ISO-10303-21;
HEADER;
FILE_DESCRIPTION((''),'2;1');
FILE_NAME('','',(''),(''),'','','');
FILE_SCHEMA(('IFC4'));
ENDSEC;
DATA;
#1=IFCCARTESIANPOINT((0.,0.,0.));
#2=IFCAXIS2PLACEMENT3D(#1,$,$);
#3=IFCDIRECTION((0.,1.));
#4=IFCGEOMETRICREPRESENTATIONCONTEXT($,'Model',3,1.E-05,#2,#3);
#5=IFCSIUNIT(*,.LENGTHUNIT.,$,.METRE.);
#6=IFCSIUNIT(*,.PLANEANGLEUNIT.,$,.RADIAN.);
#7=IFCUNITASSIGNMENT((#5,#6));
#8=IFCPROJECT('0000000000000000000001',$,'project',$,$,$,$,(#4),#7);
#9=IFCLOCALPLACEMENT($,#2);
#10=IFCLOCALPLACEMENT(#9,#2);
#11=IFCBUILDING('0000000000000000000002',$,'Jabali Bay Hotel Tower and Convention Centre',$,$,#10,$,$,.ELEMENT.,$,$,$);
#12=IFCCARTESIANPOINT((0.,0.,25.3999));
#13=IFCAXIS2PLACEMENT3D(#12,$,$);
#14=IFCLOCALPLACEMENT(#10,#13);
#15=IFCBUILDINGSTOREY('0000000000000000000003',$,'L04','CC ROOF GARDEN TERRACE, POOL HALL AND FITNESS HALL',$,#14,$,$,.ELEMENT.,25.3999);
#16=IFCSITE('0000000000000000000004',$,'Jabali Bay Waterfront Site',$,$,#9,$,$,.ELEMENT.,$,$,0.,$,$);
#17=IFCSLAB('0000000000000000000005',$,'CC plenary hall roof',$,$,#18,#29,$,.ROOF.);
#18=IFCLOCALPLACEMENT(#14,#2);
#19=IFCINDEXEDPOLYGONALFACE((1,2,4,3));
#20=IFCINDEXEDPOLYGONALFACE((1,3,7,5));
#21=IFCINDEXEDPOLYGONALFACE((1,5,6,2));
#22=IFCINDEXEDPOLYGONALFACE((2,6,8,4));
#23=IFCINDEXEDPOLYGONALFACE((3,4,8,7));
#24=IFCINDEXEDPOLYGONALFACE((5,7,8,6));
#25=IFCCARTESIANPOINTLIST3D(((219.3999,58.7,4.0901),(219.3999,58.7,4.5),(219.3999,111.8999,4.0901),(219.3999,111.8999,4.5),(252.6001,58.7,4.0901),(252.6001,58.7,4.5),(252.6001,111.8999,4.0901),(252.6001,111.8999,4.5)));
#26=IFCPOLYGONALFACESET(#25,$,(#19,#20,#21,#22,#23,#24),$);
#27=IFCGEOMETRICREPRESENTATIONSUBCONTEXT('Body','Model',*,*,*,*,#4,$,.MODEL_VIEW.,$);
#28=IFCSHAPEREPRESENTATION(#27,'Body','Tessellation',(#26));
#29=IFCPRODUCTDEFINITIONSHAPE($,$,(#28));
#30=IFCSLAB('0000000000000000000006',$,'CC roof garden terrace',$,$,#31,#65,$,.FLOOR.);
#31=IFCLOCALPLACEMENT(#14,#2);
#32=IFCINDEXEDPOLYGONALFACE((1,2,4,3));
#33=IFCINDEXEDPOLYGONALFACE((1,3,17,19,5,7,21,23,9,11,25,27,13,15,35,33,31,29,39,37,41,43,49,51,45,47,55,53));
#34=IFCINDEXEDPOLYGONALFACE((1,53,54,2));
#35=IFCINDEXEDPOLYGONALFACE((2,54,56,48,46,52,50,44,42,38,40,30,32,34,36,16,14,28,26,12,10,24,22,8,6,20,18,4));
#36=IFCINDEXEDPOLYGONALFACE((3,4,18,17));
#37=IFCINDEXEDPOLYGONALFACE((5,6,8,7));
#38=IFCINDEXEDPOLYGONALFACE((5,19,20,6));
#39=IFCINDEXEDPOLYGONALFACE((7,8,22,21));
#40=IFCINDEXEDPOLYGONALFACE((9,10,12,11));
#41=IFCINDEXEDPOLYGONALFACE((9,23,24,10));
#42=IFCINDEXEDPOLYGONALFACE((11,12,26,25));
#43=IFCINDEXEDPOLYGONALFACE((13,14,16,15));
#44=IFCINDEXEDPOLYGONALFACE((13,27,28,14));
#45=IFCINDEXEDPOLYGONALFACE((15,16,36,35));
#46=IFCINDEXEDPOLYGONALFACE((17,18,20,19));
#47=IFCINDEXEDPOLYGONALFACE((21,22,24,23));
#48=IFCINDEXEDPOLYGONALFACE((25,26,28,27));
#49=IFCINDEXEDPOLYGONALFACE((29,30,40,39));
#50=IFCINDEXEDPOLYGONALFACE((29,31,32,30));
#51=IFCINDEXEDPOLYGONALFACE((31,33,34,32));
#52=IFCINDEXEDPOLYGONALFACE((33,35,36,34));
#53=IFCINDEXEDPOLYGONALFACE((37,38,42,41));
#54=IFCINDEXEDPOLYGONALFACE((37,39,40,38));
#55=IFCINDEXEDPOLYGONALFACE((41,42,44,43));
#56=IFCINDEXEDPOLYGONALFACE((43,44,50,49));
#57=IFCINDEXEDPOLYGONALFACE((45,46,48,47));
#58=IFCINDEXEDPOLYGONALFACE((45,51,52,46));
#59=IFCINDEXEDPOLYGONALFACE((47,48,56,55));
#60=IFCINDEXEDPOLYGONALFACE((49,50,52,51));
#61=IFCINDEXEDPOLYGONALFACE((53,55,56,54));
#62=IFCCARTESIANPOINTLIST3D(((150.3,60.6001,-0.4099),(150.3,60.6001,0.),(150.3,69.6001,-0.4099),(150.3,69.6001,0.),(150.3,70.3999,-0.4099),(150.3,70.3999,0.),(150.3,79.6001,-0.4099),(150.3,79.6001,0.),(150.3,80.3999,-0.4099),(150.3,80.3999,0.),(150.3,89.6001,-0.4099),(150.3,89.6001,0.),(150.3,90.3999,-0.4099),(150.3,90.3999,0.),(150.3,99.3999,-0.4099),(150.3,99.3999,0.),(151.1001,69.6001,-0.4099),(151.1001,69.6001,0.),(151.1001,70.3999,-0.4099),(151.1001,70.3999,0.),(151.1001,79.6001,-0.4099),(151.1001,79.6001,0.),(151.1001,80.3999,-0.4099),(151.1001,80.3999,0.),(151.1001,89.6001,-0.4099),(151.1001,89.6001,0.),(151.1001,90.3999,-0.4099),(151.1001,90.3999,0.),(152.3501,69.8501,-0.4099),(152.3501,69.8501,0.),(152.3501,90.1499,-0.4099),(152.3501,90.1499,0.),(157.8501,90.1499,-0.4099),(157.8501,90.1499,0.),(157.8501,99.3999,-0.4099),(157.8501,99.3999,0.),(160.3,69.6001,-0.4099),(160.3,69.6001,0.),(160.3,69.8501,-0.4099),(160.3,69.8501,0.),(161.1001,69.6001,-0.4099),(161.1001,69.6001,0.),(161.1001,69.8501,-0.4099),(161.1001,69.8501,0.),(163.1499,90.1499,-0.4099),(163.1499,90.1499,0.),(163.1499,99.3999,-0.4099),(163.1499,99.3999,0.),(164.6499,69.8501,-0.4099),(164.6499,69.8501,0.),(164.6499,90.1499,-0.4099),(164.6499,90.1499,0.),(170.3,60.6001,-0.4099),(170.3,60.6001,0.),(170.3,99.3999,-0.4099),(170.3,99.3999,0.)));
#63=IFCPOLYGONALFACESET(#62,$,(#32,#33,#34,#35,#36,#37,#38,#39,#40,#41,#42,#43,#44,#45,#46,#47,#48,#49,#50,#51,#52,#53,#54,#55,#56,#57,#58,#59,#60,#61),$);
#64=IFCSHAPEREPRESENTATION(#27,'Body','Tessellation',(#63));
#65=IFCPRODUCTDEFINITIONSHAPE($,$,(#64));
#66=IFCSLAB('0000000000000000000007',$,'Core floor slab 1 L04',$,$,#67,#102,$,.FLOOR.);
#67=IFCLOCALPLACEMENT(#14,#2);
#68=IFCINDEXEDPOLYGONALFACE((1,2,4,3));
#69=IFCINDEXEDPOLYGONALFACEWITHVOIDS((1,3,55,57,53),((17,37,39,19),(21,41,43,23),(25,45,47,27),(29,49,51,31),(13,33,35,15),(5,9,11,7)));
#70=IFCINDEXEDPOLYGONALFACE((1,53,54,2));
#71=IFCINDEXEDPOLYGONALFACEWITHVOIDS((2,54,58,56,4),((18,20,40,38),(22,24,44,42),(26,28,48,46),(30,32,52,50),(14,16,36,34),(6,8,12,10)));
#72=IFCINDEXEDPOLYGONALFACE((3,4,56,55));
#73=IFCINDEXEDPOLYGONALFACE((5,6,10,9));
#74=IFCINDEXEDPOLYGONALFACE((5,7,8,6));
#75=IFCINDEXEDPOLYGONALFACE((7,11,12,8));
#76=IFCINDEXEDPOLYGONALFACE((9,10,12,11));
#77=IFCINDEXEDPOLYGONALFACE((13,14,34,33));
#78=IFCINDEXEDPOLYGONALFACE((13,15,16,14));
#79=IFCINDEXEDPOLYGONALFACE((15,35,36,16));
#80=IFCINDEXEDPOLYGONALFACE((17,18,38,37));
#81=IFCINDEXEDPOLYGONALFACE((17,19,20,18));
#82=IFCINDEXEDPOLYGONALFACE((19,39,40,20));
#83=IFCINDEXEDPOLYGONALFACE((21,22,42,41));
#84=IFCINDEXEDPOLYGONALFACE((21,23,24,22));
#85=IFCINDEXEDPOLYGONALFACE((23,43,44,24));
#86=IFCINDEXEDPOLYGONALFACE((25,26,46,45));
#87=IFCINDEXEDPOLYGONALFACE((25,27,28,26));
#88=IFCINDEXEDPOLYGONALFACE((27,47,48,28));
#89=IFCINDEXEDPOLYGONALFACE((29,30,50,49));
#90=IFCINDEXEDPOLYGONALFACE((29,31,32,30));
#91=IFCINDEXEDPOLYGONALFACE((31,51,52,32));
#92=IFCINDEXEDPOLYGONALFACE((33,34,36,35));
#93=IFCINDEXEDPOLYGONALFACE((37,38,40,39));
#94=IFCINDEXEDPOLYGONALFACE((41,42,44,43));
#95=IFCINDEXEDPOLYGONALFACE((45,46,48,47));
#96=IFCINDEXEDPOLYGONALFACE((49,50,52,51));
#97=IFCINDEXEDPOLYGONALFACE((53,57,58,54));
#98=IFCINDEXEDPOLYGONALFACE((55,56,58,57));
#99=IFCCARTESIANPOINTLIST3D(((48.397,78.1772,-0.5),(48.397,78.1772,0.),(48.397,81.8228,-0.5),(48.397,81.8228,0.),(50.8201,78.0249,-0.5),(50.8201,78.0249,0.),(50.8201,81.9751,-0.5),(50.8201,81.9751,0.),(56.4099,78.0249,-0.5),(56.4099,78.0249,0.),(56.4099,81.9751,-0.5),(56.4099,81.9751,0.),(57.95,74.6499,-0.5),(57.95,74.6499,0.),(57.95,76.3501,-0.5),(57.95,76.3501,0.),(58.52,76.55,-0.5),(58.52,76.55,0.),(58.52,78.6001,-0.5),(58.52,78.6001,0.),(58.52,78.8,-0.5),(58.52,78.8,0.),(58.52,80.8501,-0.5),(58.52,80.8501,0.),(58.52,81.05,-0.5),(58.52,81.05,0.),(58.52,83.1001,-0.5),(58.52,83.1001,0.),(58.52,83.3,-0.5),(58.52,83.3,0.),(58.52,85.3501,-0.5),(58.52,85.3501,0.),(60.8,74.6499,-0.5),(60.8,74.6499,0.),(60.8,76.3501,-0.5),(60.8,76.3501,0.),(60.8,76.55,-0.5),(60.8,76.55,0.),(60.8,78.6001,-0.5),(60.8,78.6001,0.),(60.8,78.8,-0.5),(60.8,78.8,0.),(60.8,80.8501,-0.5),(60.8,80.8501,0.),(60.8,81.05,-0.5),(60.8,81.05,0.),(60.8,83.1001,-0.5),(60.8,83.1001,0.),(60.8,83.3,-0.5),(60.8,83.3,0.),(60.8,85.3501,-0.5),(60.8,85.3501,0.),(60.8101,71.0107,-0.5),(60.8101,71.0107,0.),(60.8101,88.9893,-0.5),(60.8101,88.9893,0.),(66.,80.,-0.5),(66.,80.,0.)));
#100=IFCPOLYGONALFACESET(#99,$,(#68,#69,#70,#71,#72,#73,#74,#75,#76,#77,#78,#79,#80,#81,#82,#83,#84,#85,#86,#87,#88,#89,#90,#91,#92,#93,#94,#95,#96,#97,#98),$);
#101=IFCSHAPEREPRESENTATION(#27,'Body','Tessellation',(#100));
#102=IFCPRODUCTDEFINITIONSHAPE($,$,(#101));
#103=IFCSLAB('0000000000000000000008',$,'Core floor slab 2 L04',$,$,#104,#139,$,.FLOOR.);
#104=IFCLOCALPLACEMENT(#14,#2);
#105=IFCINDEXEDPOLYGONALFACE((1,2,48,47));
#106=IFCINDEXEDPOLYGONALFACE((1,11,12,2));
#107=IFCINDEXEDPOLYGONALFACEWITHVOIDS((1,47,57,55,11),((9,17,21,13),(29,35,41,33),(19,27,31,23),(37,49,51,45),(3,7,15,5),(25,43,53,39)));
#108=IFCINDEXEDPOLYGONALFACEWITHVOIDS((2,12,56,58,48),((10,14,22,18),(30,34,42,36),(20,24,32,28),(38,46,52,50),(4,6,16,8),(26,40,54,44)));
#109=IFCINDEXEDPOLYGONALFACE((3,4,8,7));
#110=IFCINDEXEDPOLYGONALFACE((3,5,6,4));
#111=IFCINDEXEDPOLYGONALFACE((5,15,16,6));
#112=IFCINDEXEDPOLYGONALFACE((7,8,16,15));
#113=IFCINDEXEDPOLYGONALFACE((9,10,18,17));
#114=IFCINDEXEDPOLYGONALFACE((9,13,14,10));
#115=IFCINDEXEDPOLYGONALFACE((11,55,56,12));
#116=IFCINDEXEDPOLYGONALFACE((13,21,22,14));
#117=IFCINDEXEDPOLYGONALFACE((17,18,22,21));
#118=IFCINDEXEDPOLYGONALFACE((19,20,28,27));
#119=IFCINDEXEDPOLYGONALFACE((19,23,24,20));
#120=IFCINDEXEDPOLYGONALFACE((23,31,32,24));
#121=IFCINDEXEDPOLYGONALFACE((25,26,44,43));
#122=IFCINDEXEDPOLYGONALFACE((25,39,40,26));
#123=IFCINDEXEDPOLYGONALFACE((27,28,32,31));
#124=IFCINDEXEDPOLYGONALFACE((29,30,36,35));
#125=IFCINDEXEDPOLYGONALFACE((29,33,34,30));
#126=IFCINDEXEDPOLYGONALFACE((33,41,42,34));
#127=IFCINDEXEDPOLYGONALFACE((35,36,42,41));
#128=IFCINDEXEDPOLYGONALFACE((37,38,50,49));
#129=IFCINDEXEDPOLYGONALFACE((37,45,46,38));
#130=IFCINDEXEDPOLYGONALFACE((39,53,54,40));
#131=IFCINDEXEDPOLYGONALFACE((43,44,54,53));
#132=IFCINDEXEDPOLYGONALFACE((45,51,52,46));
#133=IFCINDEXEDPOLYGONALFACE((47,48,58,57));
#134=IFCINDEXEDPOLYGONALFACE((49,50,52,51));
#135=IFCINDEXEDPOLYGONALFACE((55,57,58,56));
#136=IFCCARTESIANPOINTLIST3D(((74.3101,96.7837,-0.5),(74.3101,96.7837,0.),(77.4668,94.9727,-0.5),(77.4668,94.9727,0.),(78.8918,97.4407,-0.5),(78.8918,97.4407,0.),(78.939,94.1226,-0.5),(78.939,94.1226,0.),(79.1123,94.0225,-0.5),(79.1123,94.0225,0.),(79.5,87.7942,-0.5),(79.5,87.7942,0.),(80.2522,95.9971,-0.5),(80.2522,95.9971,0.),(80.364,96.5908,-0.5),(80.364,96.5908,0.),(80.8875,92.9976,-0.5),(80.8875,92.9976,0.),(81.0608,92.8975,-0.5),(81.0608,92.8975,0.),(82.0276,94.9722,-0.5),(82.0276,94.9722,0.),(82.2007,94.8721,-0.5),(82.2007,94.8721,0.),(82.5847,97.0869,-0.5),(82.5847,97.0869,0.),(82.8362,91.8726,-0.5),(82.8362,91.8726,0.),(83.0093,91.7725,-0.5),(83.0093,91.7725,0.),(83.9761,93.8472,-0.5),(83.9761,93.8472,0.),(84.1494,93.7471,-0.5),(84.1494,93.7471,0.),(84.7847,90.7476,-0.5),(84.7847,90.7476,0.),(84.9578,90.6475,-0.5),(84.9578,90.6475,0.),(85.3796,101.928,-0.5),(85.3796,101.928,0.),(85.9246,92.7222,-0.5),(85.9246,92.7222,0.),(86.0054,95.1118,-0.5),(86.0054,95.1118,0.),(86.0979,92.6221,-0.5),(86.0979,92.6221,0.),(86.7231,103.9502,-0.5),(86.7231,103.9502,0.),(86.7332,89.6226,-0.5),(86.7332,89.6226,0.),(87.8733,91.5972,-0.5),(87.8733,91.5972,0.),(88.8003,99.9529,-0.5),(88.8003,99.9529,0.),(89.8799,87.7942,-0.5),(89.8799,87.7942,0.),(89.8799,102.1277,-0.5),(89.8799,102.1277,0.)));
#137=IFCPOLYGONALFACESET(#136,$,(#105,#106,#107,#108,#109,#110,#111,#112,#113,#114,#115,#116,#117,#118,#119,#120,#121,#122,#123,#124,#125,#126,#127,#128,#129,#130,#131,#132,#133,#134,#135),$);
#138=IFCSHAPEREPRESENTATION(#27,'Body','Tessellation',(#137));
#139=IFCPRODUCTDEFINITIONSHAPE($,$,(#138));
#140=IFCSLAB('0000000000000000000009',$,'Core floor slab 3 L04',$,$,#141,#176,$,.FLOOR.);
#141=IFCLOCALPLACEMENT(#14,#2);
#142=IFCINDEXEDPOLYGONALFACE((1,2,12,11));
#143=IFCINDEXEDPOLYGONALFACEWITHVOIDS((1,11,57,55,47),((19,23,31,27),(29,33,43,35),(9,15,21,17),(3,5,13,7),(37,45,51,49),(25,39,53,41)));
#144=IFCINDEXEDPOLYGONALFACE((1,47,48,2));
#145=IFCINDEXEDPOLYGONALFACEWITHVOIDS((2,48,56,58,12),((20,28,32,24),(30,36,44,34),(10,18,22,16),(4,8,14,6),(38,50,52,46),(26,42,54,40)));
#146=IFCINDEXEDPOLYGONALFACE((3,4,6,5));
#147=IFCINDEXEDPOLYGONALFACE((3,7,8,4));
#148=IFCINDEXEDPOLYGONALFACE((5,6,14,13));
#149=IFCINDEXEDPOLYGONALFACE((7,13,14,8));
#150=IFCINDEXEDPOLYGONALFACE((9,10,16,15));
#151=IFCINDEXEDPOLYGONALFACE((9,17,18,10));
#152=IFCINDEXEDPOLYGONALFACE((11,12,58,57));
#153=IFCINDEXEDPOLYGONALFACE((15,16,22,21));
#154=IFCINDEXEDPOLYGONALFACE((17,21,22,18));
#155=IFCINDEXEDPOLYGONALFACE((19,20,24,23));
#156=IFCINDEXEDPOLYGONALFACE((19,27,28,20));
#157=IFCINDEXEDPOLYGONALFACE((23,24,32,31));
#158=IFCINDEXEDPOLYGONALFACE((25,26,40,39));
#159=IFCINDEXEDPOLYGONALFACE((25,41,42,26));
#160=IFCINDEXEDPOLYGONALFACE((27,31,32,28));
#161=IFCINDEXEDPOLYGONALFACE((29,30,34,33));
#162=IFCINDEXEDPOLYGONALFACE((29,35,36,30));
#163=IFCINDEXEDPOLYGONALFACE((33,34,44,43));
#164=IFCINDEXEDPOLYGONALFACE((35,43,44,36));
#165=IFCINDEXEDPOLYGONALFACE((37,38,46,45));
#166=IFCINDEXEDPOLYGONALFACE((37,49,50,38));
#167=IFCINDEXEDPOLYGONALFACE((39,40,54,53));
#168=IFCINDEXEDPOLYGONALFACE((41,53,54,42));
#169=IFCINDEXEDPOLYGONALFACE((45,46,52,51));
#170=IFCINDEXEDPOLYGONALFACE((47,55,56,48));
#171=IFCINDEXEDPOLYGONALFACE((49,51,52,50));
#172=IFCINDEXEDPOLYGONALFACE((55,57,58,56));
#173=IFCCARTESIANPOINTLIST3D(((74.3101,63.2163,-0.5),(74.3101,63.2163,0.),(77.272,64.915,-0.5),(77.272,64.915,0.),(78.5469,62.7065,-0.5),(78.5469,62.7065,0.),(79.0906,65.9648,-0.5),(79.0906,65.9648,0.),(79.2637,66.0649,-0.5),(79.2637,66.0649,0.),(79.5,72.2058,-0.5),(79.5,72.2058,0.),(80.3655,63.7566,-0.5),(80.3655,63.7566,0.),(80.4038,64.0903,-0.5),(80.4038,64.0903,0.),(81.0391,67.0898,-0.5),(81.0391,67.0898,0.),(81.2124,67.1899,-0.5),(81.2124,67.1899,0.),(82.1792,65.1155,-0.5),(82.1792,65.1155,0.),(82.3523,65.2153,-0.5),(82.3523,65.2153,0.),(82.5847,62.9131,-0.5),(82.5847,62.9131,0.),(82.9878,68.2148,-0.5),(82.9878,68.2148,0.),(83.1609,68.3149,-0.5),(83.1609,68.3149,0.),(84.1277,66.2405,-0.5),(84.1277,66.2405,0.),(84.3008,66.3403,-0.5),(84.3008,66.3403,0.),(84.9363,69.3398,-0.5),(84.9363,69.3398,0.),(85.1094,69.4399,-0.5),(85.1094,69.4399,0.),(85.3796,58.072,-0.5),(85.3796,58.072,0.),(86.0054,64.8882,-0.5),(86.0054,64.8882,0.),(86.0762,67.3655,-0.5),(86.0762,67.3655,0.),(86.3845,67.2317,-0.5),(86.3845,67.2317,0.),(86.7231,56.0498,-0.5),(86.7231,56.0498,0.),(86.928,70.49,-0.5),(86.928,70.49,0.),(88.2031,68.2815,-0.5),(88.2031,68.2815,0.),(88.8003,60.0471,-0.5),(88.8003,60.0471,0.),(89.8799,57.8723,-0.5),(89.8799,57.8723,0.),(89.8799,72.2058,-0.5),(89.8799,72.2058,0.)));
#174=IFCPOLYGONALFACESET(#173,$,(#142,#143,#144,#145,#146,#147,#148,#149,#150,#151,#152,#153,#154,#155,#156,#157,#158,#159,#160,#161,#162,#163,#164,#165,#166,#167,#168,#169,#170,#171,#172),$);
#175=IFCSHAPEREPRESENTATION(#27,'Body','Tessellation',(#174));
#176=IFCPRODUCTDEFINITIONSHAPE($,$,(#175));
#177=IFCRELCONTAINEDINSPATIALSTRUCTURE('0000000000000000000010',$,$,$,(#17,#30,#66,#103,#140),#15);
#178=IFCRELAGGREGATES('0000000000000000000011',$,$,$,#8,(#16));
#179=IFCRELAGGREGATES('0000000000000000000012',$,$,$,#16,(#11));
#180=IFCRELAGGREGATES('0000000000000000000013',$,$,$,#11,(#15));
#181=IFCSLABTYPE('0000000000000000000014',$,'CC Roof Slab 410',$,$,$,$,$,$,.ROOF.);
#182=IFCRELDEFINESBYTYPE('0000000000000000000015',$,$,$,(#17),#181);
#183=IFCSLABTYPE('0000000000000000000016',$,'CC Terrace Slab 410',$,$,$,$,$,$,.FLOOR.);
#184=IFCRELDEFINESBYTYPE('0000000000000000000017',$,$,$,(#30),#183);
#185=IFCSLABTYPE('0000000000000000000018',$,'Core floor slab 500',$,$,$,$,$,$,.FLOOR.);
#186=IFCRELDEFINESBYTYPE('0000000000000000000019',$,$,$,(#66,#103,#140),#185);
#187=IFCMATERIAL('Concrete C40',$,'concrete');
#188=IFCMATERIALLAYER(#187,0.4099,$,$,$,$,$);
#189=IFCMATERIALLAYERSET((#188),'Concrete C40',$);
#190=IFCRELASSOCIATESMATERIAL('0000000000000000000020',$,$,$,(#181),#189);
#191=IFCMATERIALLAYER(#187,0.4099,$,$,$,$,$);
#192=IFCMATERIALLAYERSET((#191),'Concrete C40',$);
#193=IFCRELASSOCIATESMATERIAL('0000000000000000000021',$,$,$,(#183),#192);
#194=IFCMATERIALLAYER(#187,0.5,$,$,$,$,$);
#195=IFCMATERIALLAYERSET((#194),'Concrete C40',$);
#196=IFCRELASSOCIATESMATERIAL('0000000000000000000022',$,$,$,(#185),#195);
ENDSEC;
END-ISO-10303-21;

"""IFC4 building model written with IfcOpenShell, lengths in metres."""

from ifc_helpers import new_model, si_unit, direction, frame, origin, place, context, subcontext, project, spatial, polyline, outline, extrude, material, layer, layer_set, type_object, element, save


model = new_model("IFC4")

# Units and contexts
model_context = context("Model", 3, precision=1e-05, world=origin(), true_north=direction((0.0, 1.0)))
body_context = subcontext(model_context, "Body", "Model", "MODEL_VIEW")
ifc_project = project(units=[si_unit("LENGTHUNIT", "METRE"), si_unit("PLANEANGLEUNIT", "RADIAN")], contexts=[model_context])

# Site, building, storey
site_placement = place(None, origin())
site = spatial("IfcSite", under=ifc_project, at=site_placement, Name="Jabali Bay Waterfront Site", CompositionType="ELEMENT", RefElevation=0.0)
building_placement = place(site_placement, origin())
building = spatial("IfcBuilding", under=site, at=building_placement, Name="Jabali Bay Hotel Tower and Convention Centre", CompositionType="ELEMENT")
storey_placement = place(building_placement, frame((0.0, 0.0, 25.3999)))
storey = spatial("IfcBuildingStorey", under=building, at=storey_placement, Name="L04", Description="CC ROOF GARDEN TERRACE, POOL HALL AND FITNESS HALL", CompositionType="ELEMENT", Elevation=25.3999)

# Slabs
ifc_material = material(Name="Concrete C40", Category="concrete")
ifc_layer_1 = layer(ifc_material, 0.4099)
ifc_layer_set_1 = layer_set([ifc_layer_1], Name="Concrete C40")
slab_type_1 = type_object("IfcSlabType", Name="CC Roof Slab 410", PredefinedType="ROOF", material=ifc_layer_set_1)
slab_1_placement = place(storey_placement, frame((0.0, 0.0, 4.0901)))
element("IfcSlab", 1, at=slab_1_placement, inside=storey, type_object=slab_type_1, Name="CC plenary hall roof", PredefinedType="ROOF", context=body_context, shape_type="SweptSolid", body=[
    extrude(outline(polyline([(252.6001, 58.7), (252.6001, 111.8999), (219.3999, 111.8999), (219.3999, 58.7), (252.6001, 58.7)])), origin(), (0.0, 0.0, 1.0), 0.4099),
])
ifc_layer_2 = layer(ifc_material, 0.4099)
ifc_layer_set_2 = layer_set([ifc_layer_2], Name="Concrete C40")
slab_type_2 = type_object("IfcSlabType", Name="CC Terrace Slab 410", PredefinedType="FLOOR", material=ifc_layer_set_2)
slab_2_placement = place(storey_placement, frame((0.0, 0.0, -0.4099)))
element("IfcSlab", 2, at=slab_2_placement, inside=storey, type_object=slab_type_2, Name="CC roof garden terrace", PredefinedType="FLOOR", context=body_context, shape_type="SweptSolid", body=[
    extrude(outline(polyline([(157.8501, 99.3999), (150.3, 99.3999), (150.3, 90.3999), (151.1001, 90.3999), (151.1001, 89.6001), (150.3, 89.6001), (150.3, 80.3999), (151.1001, 80.3999), (151.1001, 79.6001), (150.3, 79.6001), (150.3, 70.3999), (151.1001, 70.3999), (151.1001, 69.6001), (150.3, 69.6001), (150.3, 60.6001), (170.3, 60.6001), (170.3, 99.3999), (163.1499, 99.3999), (163.1499, 90.1499), (164.6499, 90.1499), (164.6499, 69.8501), (161.1001, 69.8501), (161.1001, 69.6001), (160.3, 69.6001), (160.3, 69.8501), (152.3501, 69.8501), (152.3501, 90.1499), (157.8501, 90.1499), (157.8501, 99.3999)])), origin(), (0.0, 0.0, 1.0), 0.4099),
])
ifc_layer_3 = layer(ifc_material, 0.5)
ifc_layer_set_3 = layer_set([ifc_layer_3], Name="Concrete C40")
slab_type_3 = type_object("IfcSlabType", Name="Core floor slab 500", PredefinedType="FLOOR", material=ifc_layer_set_3)
slab_3_placement = place(storey_placement, frame((0.0, 0.0, -0.5)))
element("IfcSlab", 3, at=slab_3_placement, inside=storey, type_object=slab_type_3, Name="Core floor slab 1 L04", PredefinedType="FLOOR", context=body_context, shape_type="SweptSolid", body=[
    extrude(outline(polyline([(66.0, 80.0), (60.8101, 88.9893), (48.397, 81.8228), (48.397, 78.1772), (60.8101, 71.0107), (66.0, 80.0)]), holes=[polyline([(60.8, 74.6499), (60.8, 76.3501), (57.95, 76.3501), (57.95, 74.6499), (60.8, 74.6499)]), polyline([(58.52, 76.55), (60.8, 76.55), (60.8, 78.6001), (58.52, 78.6001), (58.52, 76.55)]), polyline([(58.52, 78.8), (60.8, 78.8), (60.8, 80.8501), (58.52, 80.8501), (58.52, 78.8)]), polyline([(56.4099, 81.9751), (50.8201, 81.9751), (50.8201, 78.0249), (56.4099, 78.0249), (56.4099, 81.9751)]), polyline([(58.52, 81.05), (60.8, 81.05), (60.8, 83.1001), (58.52, 83.1001), (58.52, 81.05)]), polyline([(58.52, 83.3), (60.8, 83.3), (60.8, 85.3501), (58.52, 85.3501), (58.52, 83.3)])]), origin(), (0.0, 0.0, 1.0), 0.5),
])
slab_4_placement = place(storey_placement, frame((0.0, 0.0, -0.5)))
element("IfcSlab", 4, at=slab_4_placement, inside=storey, type_object=slab_type_3, Name="Core floor slab 2 L04", PredefinedType="FLOOR", context=body_context, shape_type="SweptSolid", body=[
    extrude(outline(polyline([(79.5, 87.7942), (89.8799, 87.7942), (89.8799, 102.1277), (86.7231, 103.9502), (74.3101, 96.7837), (79.5, 87.7942)]), holes=[polyline([(84.9578, 90.6475), (86.7332, 89.6226), (87.8733, 91.5972), (86.0979, 92.6221), (84.9578, 90.6475)]), polyline([(84.1494, 93.7471), (83.0093, 91.7725), (84.7847, 90.7476), (85.9246, 92.7222), (84.1494, 93.7471)]), polyline([(82.2007, 94.8721), (81.0608, 92.8975), (82.8362, 91.8726), (83.9761, 93.8472), (82.2007, 94.8721)]), polyline([(79.1123, 94.0225), (80.8875, 92.9976), (82.0276, 94.9722), (80.2522, 95.9971), (79.1123, 94.0225)]), polyline([(78.8918, 97.4407), (77.4668, 94.9727), (78.939, 94.1226), (80.364, 96.5908), (78.8918, 97.4407)]), polyline([(82.5847, 97.0869), (86.0054, 95.1118), (88.8003, 99.9529), (85.3796, 101.928), (82.5847, 97.0869)])]), origin(), (0.0, 0.0, 1.0), 0.5),
])
slab_5_placement = place(storey_placement, frame((0.0, 0.0, -0.5)))
element("IfcSlab", 5, at=slab_5_placement, inside=storey, type_object=slab_type_3, Name="Core floor slab 3 L04", PredefinedType="FLOOR", context=body_context, shape_type="SweptSolid", body=[
    extrude(outline(polyline([(79.5, 72.2058), (74.3101, 63.2163), (86.7231, 56.0498), (89.8799, 57.8723), (89.8799, 72.2058), (79.5, 72.2058)]), holes=[polyline([(82.5847, 62.9131), (85.3796, 58.072), (88.8003, 60.0471), (86.0054, 64.8882), (82.5847, 62.9131)]), polyline([(80.3655, 63.7566), (79.0906, 65.9648), (77.272, 64.915), (78.5469, 62.7065), (80.3655, 63.7566)]), polyline([(82.1792, 65.1155), (81.0391, 67.0898), (79.2637, 66.0649), (80.4038, 64.0903), (82.1792, 65.1155)]), polyline([(82.9878, 68.2148), (81.2124, 67.1899), (82.3523, 65.2153), (84.1277, 66.2405), (82.9878, 68.2148)]), polyline([(86.0762, 67.3655), (84.9363, 69.3398), (83.1609, 68.3149), (84.3008, 66.3403), (86.0762, 67.3655)]), polyline([(88.2031, 68.2815), (86.928, 70.49), (85.1094, 69.4399), (86.3845, 67.2317), (88.2031, 68.2815)])]), origin(), (0.0, 0.0, 1.0), 0.5),
])

save(model, "model.ifc")
